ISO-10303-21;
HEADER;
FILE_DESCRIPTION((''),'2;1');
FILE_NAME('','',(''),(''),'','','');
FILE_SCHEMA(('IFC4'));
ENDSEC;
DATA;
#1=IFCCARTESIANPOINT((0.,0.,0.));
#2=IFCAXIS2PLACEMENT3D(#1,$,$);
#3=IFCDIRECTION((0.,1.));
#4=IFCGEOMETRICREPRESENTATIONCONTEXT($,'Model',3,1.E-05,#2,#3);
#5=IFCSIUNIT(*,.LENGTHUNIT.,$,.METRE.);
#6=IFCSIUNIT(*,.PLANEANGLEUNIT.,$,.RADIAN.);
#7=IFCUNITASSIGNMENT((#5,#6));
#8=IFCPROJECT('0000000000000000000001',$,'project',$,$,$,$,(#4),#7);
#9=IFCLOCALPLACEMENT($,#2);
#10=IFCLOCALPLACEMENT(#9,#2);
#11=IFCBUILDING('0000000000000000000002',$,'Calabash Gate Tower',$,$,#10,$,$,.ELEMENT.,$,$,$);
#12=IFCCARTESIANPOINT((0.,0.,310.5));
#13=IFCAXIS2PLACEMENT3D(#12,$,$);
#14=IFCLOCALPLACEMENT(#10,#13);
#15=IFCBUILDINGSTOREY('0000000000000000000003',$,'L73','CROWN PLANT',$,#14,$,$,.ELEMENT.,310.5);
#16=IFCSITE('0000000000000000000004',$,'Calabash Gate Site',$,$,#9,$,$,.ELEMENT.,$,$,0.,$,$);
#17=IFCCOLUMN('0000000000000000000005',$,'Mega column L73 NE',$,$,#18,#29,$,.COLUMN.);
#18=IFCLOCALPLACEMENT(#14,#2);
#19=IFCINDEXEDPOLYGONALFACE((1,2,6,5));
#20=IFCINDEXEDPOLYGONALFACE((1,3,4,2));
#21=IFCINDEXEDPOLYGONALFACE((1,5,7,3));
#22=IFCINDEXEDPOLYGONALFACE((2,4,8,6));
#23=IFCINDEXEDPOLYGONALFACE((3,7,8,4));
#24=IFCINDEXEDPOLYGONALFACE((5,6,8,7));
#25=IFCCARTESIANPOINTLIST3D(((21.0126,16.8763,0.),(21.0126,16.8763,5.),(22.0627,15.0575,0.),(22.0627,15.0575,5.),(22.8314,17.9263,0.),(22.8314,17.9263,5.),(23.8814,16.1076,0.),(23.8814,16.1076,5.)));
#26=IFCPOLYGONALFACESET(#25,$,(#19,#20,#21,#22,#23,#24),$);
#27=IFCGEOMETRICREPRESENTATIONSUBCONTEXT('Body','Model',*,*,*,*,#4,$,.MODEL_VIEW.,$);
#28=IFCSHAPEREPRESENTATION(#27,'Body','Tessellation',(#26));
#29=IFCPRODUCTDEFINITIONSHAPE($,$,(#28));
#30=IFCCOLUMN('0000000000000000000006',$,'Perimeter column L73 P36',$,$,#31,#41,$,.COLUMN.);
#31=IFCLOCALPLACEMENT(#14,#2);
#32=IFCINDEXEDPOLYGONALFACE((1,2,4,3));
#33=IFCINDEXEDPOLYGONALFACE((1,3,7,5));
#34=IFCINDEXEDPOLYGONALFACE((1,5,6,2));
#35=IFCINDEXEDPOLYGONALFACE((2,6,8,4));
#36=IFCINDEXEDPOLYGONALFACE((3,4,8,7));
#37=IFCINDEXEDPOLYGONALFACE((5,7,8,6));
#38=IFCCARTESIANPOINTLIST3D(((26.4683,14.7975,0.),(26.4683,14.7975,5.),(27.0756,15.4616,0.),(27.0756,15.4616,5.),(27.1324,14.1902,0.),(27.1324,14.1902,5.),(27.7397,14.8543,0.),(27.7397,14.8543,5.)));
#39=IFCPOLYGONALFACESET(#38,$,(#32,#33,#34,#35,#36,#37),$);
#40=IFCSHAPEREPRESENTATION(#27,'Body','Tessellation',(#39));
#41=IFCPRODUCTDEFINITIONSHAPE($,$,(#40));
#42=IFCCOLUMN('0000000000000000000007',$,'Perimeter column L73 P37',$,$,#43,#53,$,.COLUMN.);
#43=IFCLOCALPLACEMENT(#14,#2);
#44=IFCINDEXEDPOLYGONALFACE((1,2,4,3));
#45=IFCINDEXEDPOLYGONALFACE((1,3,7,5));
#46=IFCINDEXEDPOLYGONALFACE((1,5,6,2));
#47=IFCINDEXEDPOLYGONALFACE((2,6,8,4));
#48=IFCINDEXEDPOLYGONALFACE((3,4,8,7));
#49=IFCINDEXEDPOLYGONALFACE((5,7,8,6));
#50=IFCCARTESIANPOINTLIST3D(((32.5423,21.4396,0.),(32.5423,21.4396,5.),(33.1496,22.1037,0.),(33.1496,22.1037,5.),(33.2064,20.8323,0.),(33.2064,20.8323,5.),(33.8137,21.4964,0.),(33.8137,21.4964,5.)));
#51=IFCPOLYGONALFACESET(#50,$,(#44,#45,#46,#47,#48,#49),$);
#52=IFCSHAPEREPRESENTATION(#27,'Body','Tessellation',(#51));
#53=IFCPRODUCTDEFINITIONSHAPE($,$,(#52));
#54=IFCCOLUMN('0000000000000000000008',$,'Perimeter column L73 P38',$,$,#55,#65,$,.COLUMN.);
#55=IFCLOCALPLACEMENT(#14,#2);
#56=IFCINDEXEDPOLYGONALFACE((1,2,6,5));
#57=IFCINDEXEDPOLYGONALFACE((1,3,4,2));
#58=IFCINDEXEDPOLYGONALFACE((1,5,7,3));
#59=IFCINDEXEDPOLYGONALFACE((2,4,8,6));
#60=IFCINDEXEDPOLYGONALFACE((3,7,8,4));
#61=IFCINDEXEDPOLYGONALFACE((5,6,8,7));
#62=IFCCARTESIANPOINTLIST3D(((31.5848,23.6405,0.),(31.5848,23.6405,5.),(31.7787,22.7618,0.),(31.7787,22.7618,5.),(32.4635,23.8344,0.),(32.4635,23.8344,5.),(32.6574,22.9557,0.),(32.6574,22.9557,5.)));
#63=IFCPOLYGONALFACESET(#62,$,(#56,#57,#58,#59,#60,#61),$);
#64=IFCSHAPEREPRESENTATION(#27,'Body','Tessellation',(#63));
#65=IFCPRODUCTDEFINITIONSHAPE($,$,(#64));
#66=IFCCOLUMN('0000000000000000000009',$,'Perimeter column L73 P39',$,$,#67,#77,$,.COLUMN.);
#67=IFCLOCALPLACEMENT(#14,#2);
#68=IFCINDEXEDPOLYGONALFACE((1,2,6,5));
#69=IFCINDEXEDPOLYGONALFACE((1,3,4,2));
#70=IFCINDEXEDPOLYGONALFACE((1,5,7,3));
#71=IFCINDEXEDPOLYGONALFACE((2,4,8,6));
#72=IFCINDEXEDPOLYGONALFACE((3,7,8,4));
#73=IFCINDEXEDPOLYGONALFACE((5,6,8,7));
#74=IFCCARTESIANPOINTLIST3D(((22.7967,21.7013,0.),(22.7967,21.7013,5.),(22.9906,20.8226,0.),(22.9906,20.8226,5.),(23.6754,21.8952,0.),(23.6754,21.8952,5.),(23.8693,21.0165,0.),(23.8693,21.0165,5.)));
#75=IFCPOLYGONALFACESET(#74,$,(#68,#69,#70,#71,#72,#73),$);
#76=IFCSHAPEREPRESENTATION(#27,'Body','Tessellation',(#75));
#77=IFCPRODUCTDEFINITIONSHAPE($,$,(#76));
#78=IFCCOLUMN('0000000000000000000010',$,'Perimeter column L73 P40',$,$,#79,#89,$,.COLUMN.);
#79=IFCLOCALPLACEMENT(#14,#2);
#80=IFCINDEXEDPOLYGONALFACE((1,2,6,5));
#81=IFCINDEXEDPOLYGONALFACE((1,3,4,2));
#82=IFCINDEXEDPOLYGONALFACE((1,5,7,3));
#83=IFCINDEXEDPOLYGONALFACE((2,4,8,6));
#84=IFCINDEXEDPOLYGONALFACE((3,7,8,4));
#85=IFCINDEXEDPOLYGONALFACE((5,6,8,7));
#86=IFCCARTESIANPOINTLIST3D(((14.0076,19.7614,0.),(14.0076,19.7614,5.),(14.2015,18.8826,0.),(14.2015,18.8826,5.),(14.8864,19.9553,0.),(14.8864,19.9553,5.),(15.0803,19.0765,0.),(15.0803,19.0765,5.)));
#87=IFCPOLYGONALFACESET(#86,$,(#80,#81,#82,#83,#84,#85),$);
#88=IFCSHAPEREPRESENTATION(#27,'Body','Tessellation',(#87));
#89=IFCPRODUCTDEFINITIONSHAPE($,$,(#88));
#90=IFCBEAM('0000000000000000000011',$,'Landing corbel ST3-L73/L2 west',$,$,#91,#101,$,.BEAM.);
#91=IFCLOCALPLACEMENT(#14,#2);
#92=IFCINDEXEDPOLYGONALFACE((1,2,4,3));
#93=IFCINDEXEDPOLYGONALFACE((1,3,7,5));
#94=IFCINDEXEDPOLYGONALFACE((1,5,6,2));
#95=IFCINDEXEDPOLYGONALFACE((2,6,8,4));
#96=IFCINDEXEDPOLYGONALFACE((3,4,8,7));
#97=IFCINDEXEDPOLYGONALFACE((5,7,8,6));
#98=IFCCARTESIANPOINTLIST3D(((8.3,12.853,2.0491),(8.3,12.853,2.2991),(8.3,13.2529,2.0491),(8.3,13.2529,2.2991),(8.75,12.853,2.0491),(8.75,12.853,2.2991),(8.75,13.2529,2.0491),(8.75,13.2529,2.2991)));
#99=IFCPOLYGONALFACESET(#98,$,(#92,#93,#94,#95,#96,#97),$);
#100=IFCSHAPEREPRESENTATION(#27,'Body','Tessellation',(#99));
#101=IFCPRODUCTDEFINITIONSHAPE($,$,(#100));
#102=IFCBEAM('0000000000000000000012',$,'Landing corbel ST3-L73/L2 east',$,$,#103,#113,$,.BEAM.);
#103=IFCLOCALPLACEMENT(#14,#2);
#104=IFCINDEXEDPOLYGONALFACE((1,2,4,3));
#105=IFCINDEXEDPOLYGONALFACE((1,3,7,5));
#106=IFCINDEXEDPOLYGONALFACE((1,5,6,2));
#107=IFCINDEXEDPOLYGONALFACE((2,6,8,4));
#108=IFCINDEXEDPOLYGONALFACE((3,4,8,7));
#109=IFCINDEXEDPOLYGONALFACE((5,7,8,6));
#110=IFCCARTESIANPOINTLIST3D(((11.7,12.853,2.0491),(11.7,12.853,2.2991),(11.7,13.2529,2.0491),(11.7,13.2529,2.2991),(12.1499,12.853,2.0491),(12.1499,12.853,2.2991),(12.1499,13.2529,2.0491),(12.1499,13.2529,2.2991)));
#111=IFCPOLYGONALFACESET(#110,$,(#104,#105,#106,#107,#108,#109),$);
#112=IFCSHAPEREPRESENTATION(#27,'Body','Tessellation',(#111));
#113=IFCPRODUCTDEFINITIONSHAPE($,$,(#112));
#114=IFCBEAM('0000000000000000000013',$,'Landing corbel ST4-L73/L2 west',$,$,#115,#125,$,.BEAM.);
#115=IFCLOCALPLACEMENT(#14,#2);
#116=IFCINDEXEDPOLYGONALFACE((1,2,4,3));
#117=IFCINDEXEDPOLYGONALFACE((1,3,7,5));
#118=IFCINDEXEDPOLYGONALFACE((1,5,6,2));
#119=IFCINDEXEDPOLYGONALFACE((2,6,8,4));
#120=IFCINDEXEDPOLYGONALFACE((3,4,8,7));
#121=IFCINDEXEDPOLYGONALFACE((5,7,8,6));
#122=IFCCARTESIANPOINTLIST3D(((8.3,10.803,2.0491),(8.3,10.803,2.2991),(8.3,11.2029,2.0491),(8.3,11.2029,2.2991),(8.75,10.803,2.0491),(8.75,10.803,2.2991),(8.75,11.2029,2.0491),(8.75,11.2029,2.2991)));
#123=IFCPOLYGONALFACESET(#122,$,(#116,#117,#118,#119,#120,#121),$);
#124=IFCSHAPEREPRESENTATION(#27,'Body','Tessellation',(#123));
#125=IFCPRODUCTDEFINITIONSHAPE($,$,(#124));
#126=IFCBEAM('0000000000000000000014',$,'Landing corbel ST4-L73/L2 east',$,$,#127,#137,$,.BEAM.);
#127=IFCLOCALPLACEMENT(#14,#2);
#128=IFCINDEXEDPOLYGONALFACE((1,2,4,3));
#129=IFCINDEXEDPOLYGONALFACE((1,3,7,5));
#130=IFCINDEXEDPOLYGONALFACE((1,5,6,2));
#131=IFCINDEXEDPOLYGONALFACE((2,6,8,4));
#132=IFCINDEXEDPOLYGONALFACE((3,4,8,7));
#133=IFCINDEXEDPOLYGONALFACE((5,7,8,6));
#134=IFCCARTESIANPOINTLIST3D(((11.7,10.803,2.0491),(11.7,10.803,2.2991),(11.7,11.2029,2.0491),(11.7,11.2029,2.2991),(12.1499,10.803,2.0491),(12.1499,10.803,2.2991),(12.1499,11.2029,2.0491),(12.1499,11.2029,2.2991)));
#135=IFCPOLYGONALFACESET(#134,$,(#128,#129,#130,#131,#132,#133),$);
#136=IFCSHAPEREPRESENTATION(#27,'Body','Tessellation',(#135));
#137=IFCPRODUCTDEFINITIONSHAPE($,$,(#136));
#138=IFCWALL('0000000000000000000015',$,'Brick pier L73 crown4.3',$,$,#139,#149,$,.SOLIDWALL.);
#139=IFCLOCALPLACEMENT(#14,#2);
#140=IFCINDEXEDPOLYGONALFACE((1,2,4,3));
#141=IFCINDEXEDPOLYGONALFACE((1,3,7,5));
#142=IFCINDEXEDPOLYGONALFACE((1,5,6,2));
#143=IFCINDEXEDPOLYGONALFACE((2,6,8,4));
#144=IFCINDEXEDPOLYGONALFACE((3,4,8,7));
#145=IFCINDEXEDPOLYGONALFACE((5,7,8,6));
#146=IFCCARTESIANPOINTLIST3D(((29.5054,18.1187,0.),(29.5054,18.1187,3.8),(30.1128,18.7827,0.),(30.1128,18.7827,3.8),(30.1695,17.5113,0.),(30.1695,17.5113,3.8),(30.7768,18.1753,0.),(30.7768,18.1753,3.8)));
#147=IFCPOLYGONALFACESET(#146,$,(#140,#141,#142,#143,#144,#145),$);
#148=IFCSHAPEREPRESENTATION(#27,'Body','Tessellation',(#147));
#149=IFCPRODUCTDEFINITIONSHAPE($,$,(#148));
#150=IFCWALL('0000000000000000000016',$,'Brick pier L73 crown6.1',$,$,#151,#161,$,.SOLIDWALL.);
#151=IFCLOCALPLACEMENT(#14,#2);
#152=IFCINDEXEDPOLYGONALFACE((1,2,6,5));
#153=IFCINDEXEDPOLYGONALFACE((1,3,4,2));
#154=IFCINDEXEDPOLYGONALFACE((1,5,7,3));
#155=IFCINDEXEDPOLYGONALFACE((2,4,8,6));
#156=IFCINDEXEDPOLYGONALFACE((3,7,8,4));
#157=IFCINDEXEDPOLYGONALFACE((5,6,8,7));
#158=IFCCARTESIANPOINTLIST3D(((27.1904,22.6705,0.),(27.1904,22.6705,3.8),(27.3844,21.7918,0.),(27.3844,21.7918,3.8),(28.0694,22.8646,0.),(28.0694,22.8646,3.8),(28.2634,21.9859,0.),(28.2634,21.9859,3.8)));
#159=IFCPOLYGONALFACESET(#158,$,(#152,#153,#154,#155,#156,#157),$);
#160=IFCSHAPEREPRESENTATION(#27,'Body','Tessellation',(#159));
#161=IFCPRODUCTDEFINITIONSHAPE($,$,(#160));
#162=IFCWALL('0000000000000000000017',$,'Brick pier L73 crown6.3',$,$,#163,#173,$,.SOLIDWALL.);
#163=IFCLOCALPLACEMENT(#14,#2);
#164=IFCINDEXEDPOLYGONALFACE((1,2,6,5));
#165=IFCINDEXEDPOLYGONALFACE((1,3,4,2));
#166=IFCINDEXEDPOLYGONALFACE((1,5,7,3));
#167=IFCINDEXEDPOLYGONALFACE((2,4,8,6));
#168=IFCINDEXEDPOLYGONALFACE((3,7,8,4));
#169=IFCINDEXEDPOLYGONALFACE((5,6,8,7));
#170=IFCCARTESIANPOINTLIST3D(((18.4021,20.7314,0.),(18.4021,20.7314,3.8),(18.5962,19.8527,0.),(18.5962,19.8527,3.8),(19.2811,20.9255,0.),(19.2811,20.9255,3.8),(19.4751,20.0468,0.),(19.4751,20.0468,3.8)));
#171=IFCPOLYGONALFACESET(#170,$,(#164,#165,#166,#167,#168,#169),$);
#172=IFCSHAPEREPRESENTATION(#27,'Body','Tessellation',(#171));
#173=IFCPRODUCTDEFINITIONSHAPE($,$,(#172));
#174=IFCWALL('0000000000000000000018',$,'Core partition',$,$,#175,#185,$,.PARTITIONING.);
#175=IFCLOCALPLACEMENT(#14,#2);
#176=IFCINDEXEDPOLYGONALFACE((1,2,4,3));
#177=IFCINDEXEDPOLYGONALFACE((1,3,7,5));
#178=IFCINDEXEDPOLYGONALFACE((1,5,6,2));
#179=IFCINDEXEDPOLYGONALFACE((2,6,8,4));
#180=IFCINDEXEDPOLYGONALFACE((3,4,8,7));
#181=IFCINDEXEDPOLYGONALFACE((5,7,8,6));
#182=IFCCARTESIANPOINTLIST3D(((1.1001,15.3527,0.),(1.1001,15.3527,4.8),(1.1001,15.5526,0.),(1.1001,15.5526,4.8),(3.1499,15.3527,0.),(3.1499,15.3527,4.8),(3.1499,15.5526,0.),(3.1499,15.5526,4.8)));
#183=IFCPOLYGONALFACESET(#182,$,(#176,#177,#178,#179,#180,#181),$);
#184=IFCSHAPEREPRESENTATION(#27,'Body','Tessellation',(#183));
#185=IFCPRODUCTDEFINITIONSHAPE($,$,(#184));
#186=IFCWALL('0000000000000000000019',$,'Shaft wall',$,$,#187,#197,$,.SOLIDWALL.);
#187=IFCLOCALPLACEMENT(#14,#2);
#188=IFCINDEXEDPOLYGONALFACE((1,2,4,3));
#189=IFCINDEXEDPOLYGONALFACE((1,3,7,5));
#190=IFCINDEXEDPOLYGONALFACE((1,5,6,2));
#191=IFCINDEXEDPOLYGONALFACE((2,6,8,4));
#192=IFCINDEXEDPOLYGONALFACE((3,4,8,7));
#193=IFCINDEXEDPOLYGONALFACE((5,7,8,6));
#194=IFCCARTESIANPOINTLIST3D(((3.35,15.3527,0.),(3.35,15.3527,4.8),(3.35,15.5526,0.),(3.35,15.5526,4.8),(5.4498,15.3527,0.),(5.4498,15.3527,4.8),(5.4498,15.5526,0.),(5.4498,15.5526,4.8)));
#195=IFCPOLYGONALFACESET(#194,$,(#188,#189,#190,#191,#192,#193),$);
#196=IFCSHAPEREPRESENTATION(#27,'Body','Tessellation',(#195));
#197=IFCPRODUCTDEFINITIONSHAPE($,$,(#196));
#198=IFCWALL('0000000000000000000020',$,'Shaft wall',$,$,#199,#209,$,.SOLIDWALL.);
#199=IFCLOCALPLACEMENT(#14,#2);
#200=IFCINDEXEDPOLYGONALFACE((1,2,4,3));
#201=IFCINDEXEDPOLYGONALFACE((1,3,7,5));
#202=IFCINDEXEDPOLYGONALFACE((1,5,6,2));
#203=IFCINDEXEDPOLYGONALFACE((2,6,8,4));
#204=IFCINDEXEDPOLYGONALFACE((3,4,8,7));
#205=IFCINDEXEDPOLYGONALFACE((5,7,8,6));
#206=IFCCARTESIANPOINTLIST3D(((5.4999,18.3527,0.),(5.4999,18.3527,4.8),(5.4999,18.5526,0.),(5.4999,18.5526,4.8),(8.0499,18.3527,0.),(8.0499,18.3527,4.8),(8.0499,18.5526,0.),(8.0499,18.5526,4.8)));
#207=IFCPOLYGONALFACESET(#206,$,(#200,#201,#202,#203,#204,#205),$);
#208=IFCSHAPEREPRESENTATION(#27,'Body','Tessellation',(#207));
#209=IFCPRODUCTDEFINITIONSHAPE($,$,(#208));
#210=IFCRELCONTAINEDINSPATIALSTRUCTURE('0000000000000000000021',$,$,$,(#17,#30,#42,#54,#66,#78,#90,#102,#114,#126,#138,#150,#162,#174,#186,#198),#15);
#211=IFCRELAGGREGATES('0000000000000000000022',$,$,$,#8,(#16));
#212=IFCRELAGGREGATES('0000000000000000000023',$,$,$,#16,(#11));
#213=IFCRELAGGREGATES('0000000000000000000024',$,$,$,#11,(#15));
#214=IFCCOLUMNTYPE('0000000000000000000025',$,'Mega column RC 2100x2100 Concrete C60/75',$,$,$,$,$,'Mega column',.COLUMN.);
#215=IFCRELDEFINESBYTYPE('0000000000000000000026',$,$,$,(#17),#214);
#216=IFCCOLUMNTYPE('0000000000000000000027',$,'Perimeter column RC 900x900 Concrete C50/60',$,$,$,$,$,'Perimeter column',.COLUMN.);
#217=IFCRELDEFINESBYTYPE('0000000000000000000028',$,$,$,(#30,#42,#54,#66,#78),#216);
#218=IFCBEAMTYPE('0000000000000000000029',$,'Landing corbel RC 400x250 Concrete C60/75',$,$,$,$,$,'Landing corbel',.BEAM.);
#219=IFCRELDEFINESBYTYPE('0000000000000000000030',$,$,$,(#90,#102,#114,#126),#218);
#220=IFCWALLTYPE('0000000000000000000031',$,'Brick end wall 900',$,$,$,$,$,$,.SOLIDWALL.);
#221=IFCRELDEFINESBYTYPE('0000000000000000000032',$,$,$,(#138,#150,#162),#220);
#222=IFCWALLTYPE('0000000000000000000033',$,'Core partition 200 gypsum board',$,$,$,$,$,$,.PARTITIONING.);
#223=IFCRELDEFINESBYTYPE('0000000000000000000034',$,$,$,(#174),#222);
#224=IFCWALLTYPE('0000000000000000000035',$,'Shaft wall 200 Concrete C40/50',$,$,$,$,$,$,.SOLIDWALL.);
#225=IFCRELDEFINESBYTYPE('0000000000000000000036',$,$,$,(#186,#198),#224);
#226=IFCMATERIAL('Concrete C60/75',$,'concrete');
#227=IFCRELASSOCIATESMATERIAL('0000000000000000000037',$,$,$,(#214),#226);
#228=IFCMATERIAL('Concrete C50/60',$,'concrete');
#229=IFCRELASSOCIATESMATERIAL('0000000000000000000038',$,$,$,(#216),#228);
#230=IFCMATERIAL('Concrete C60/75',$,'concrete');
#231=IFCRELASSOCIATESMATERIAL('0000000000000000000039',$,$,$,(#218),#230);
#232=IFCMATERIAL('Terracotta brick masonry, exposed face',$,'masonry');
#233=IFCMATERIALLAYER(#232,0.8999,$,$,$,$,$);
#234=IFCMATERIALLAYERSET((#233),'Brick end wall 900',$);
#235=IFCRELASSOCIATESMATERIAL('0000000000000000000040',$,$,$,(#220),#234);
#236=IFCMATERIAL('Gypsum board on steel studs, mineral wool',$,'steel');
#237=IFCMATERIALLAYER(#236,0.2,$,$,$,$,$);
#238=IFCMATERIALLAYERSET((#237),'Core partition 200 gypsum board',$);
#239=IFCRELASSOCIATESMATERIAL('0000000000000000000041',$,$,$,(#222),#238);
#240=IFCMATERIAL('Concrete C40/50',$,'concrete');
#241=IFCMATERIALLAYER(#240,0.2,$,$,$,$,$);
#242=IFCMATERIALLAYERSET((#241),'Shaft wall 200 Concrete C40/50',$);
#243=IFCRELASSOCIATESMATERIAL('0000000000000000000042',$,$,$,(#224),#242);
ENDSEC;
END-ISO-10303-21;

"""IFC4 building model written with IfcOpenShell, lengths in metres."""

from ifc_helpers import new_model, si_unit, direction, frame, frame_2d, origin, origin_2d, place, context, subcontext, project, spatial, rectangle, extrude, material, layer, layer_set, material_profile, profile_set, type_object, element, save


model = new_model("IFC4")

# Units and contexts
model_context = context("Model", 3, precision=1e-05, world=origin(), true_north=direction((0.0, 1.0)))
body_context = subcontext(model_context, "Body", "Model", "MODEL_VIEW")
ifc_project = project(units=[si_unit("LENGTHUNIT", "METRE"), si_unit("PLANEANGLEUNIT", "RADIAN")], contexts=[model_context])

# Site, building, storey
site_placement = place(None, origin())
site = spatial("IfcSite", under=ifc_project, at=site_placement, Name="Calabash Gate Site", CompositionType="ELEMENT", RefElevation=0.0)
building_placement = place(site_placement, origin())
building = spatial("IfcBuilding", under=site, at=building_placement, Name="Calabash Gate Tower", CompositionType="ELEMENT")
storey_placement = place(building_placement, frame((0.0, 0.0, 310.5)))
storey = spatial("IfcBuildingStorey", under=building, at=storey_placement, Name="L73", Description="CROWN PLANT", CompositionType="ELEMENT", Elevation=310.5)

# Columns
ifc_material_1 = material(Name="Concrete C60/75", Category="concrete")
ifc_material_profile_1 = material_profile(ifc_material_1, rectangle(XDim=2.1001, YDim=2.1001, at=origin_2d()))
ifc_profile_set_1 = profile_set([ifc_material_profile_1], Name="Concrete C60/75")
column_type_1 = type_object("IfcColumnType", Name="Mega column RC 2100x2100 Concrete C60/75", ElementType="Mega column", PredefinedType="COLUMN", material=ifc_profile_set_1)
column_placement = place(storey_placement, frame((22.447, 16.4919, 0.0), z_axis=(0.0, 0.0, 1.0), x_axis=(-0.866025, -0.5, 0.0)))
element("IfcColumn", 1, at=column_placement, inside=storey, type_object=column_type_1, Name="Mega column L73 NE", PredefinedType="COLUMN", context=body_context, shape_type="SweptSolid", body=[
    extrude(rectangle(XDim=2.1001, YDim=2.1001, at=origin_2d()), origin(), (0.0, 0.0, 1.0), 5.0),
])
ifc_material_2 = material(Name="Concrete C50/60", Category="concrete")
ifc_material_profile_2 = material_profile(ifc_material_2, rectangle(XDim=0.8999, YDim=0.8999, at=origin_2d()))
ifc_profile_set_2 = profile_set([ifc_material_profile_2], Name="Concrete C50/60")
column_type_2 = type_object("IfcColumnType", Name="Perimeter column RC 900x900 Concrete C50/60", ElementType="Perimeter column", PredefinedType="COLUMN", material=ifc_profile_set_2)
for number, where, z_axis, x_axis, name in (
    (2, (27.104, 14.8259, 0.0), (0.0, 0.0, 1.0), (0.674856, 0.737949, 0.0), "Perimeter column L73 P36"),
    (3, (33.178, 21.468, 0.0), (0.0, 0.0, 1.0), (0.674856, 0.737949, 0.0), "Perimeter column L73 P37"),
    (4, (32.1211, 23.2981, 0.0), (0.0, 0.0, 1.0), (-0.976511, -0.215468, 0.0), "Perimeter column L73 P38"),
    (5, (23.333, 21.3589, 0.0), (0.0, 0.0, 1.0), (-0.976511, -0.215468, 0.0), "Perimeter column L73 P39"),
    (6, (14.5439, 19.4189, 0.0), (0.0, 0.0, 1.0), (-0.976511, -0.215468, 0.0), "Perimeter column L73 P40"),
):
    element("IfcColumn", number, at=place(storey_placement, frame(where, z_axis=z_axis, x_axis=x_axis)), inside=storey, type_object=column_type_2, Name=name, PredefinedType="COLUMN", context=body_context, shape_type="SweptSolid", body=[
        extrude(rectangle(XDim=0.8999, YDim=0.8999, at=origin_2d()), origin(), (0.0, 0.0, 1.0), 5.0),
    ])

# Beams
ifc_material_3 = material(Name="Concrete C60/75", Category="concrete")
ifc_material_profile_3 = material_profile(ifc_material_3, rectangle(XDim=0.3999, YDim=0.25, at=origin_2d()))
ifc_profile_set_3 = profile_set([ifc_material_profile_3], Name="Concrete C60/75")
beam_type = type_object("IfcBeamType", Name="Landing corbel RC 400x250 Concrete C60/75", ElementType="Landing corbel", PredefinedType="BEAM", material=ifc_profile_set_3)
for number, where, z_axis, x_axis, name in (
    (7, (8.3, 13.053, 2.1741), (1.0, 0.0, 0.0), (0.0, 1.0, 0.0), "Landing corbel ST3-L73/L2 west"),
    (8, (12.1499, 13.053, 2.1741), (-1.0, 0.0, 0.0), (0.0, -1.0, 0.0), "Landing corbel ST3-L73/L2 east"),
    (9, (8.3, 11.0029, 2.1741), (1.0, 0.0, 0.0), (0.0, 1.0, 0.0), "Landing corbel ST4-L73/L2 west"),
    (10, (12.1499, 11.0029, 2.1741), (-1.0, 0.0, 0.0), (0.0, -1.0, 0.0), "Landing corbel ST4-L73/L2 east"),
):
    element("IfcBeam", number, at=place(storey_placement, frame(where, z_axis=z_axis, x_axis=x_axis)), inside=storey, type_object=beam_type, Name=name, PredefinedType="BEAM", context=body_context, shape_type="SweptSolid", body=[
        extrude(rectangle(XDim=0.3999, YDim=0.25, at=origin_2d()), origin(), (0.0, 0.0, 1.0), 0.45),
    ])

# Walls
ifc_material_4 = material(Name="Terracotta brick masonry, exposed face", Category="masonry")
ifc_layer_1 = layer(ifc_material_4, 0.8999)
ifc_layer_set_1 = layer_set([ifc_layer_1], Name="Brick end wall 900")
wall_type_1 = type_object("IfcWallType", Name="Brick end wall 900", PredefinedType="SOLIDWALL", material=ifc_layer_set_1)
wall_1_placement = place(storey_placement, frame((30.4448, 18.479, 0.0), z_axis=(0.0, 0.0, 1.0), x_axis=(-0.674938, -0.737874, 0.0)))
element("IfcWall", 11, at=wall_1_placement, inside=storey, type_object=wall_type_1, Name="Brick pier L73 crown4.3", PredefinedType="SOLIDWALL", context=body_context, shape_type="SweptSolid", body=[
    extrude(rectangle(XDim=0.8999, YDim=0.8999, at=frame_2d((0.45, 0.0))), origin(), (0.0, 0.0, 1.0), 3.8),
])
for number, where, z_axis, x_axis, name in (
    (12, (28.1665, 22.4253, 0.0), (0.0, 0.0, 1.0), (-0.976473, -0.215638, 0.0), "Brick pier L73 crown6.1"),
    (13, (18.499, 20.292, 0.0), (0.0, 0.0, 1.0), (0.976473, 0.215638, 0.0), "Brick pier L73 crown6.3"),
):
    element("IfcWall", number, at=place(storey_placement, frame(where, z_axis=z_axis, x_axis=x_axis)), inside=storey, type_object=wall_type_1, Name=name, PredefinedType="SOLIDWALL", context=body_context, shape_type="SweptSolid", body=[
        extrude(rectangle(XDim=0.9001, YDim=0.8999, at=frame_2d((0.4502, 0.0))), origin(), (0.0, 0.0, 1.0), 3.8),
    ])
ifc_material_5 = material(Name="Gypsum board on steel studs, mineral wool", Category="steel")
ifc_layer_2 = layer(ifc_material_5, 0.2)
ifc_layer_set_2 = layer_set([ifc_layer_2], Name="Core partition 200 gypsum board")
wall_type_2 = type_object("IfcWallType", Name="Core partition 200 gypsum board", PredefinedType="PARTITIONING", material=ifc_layer_set_2)
wall_2_placement = place(storey_placement, frame((1.1001, 15.4526, 0.0), z_axis=(0.0, 0.0, 1.0), x_axis=(1.0, 0.0, 0.0)))
element("IfcWall", 14, at=wall_2_placement, inside=storey, type_object=wall_type_2, Name="Core partition", PredefinedType="PARTITIONING", context=body_context, shape_type="SweptSolid", body=[
    extrude(rectangle(XDim=2.0498, YDim=0.2, at=frame_2d((1.0249, 0.0))), origin(), (0.0, 0.0, 1.0), 4.8),
])
ifc_material_6 = material(Name="Concrete C40/50", Category="concrete")
ifc_layer_3 = layer(ifc_material_6, 0.2)
ifc_layer_set_3 = layer_set([ifc_layer_3], Name="Shaft wall 200 Concrete C40/50")
wall_type_3 = type_object("IfcWallType", Name="Shaft wall 200 Concrete C40/50", PredefinedType="SOLIDWALL", material=ifc_layer_set_3)
wall_3_placement = place(storey_placement, frame((3.3501, 15.4526, 0.0), z_axis=(0.0, 0.0, 1.0), x_axis=(1.0, 0.0, 0.0)))
element("IfcWall", 15, at=wall_3_placement, inside=storey, type_object=wall_type_3, Name="Shaft wall", PredefinedType="SOLIDWALL", context=body_context, shape_type="SweptSolid", body=[
    extrude(rectangle(XDim=2.0999, YDim=0.2, at=frame_2d((1.0498, 0.0))), origin(), (0.0, 0.0, 1.0), 4.8),
])
wall_4_placement = place(storey_placement, frame((5.5, 18.4526, 0.0), z_axis=(0.0, 0.0, 1.0), x_axis=(1.0, 0.0, 0.0)))
element("IfcWall", 16, at=wall_4_placement, inside=storey, type_object=wall_type_3, Name="Shaft wall", PredefinedType="SOLIDWALL", context=body_context, shape_type="SweptSolid", body=[
    extrude(rectangle(XDim=2.55, YDim=0.2, at=frame_2d((1.2749, 0.0))), origin(), (0.0, 0.0, 1.0), 4.8),
])

save(model, "model.ifc")
